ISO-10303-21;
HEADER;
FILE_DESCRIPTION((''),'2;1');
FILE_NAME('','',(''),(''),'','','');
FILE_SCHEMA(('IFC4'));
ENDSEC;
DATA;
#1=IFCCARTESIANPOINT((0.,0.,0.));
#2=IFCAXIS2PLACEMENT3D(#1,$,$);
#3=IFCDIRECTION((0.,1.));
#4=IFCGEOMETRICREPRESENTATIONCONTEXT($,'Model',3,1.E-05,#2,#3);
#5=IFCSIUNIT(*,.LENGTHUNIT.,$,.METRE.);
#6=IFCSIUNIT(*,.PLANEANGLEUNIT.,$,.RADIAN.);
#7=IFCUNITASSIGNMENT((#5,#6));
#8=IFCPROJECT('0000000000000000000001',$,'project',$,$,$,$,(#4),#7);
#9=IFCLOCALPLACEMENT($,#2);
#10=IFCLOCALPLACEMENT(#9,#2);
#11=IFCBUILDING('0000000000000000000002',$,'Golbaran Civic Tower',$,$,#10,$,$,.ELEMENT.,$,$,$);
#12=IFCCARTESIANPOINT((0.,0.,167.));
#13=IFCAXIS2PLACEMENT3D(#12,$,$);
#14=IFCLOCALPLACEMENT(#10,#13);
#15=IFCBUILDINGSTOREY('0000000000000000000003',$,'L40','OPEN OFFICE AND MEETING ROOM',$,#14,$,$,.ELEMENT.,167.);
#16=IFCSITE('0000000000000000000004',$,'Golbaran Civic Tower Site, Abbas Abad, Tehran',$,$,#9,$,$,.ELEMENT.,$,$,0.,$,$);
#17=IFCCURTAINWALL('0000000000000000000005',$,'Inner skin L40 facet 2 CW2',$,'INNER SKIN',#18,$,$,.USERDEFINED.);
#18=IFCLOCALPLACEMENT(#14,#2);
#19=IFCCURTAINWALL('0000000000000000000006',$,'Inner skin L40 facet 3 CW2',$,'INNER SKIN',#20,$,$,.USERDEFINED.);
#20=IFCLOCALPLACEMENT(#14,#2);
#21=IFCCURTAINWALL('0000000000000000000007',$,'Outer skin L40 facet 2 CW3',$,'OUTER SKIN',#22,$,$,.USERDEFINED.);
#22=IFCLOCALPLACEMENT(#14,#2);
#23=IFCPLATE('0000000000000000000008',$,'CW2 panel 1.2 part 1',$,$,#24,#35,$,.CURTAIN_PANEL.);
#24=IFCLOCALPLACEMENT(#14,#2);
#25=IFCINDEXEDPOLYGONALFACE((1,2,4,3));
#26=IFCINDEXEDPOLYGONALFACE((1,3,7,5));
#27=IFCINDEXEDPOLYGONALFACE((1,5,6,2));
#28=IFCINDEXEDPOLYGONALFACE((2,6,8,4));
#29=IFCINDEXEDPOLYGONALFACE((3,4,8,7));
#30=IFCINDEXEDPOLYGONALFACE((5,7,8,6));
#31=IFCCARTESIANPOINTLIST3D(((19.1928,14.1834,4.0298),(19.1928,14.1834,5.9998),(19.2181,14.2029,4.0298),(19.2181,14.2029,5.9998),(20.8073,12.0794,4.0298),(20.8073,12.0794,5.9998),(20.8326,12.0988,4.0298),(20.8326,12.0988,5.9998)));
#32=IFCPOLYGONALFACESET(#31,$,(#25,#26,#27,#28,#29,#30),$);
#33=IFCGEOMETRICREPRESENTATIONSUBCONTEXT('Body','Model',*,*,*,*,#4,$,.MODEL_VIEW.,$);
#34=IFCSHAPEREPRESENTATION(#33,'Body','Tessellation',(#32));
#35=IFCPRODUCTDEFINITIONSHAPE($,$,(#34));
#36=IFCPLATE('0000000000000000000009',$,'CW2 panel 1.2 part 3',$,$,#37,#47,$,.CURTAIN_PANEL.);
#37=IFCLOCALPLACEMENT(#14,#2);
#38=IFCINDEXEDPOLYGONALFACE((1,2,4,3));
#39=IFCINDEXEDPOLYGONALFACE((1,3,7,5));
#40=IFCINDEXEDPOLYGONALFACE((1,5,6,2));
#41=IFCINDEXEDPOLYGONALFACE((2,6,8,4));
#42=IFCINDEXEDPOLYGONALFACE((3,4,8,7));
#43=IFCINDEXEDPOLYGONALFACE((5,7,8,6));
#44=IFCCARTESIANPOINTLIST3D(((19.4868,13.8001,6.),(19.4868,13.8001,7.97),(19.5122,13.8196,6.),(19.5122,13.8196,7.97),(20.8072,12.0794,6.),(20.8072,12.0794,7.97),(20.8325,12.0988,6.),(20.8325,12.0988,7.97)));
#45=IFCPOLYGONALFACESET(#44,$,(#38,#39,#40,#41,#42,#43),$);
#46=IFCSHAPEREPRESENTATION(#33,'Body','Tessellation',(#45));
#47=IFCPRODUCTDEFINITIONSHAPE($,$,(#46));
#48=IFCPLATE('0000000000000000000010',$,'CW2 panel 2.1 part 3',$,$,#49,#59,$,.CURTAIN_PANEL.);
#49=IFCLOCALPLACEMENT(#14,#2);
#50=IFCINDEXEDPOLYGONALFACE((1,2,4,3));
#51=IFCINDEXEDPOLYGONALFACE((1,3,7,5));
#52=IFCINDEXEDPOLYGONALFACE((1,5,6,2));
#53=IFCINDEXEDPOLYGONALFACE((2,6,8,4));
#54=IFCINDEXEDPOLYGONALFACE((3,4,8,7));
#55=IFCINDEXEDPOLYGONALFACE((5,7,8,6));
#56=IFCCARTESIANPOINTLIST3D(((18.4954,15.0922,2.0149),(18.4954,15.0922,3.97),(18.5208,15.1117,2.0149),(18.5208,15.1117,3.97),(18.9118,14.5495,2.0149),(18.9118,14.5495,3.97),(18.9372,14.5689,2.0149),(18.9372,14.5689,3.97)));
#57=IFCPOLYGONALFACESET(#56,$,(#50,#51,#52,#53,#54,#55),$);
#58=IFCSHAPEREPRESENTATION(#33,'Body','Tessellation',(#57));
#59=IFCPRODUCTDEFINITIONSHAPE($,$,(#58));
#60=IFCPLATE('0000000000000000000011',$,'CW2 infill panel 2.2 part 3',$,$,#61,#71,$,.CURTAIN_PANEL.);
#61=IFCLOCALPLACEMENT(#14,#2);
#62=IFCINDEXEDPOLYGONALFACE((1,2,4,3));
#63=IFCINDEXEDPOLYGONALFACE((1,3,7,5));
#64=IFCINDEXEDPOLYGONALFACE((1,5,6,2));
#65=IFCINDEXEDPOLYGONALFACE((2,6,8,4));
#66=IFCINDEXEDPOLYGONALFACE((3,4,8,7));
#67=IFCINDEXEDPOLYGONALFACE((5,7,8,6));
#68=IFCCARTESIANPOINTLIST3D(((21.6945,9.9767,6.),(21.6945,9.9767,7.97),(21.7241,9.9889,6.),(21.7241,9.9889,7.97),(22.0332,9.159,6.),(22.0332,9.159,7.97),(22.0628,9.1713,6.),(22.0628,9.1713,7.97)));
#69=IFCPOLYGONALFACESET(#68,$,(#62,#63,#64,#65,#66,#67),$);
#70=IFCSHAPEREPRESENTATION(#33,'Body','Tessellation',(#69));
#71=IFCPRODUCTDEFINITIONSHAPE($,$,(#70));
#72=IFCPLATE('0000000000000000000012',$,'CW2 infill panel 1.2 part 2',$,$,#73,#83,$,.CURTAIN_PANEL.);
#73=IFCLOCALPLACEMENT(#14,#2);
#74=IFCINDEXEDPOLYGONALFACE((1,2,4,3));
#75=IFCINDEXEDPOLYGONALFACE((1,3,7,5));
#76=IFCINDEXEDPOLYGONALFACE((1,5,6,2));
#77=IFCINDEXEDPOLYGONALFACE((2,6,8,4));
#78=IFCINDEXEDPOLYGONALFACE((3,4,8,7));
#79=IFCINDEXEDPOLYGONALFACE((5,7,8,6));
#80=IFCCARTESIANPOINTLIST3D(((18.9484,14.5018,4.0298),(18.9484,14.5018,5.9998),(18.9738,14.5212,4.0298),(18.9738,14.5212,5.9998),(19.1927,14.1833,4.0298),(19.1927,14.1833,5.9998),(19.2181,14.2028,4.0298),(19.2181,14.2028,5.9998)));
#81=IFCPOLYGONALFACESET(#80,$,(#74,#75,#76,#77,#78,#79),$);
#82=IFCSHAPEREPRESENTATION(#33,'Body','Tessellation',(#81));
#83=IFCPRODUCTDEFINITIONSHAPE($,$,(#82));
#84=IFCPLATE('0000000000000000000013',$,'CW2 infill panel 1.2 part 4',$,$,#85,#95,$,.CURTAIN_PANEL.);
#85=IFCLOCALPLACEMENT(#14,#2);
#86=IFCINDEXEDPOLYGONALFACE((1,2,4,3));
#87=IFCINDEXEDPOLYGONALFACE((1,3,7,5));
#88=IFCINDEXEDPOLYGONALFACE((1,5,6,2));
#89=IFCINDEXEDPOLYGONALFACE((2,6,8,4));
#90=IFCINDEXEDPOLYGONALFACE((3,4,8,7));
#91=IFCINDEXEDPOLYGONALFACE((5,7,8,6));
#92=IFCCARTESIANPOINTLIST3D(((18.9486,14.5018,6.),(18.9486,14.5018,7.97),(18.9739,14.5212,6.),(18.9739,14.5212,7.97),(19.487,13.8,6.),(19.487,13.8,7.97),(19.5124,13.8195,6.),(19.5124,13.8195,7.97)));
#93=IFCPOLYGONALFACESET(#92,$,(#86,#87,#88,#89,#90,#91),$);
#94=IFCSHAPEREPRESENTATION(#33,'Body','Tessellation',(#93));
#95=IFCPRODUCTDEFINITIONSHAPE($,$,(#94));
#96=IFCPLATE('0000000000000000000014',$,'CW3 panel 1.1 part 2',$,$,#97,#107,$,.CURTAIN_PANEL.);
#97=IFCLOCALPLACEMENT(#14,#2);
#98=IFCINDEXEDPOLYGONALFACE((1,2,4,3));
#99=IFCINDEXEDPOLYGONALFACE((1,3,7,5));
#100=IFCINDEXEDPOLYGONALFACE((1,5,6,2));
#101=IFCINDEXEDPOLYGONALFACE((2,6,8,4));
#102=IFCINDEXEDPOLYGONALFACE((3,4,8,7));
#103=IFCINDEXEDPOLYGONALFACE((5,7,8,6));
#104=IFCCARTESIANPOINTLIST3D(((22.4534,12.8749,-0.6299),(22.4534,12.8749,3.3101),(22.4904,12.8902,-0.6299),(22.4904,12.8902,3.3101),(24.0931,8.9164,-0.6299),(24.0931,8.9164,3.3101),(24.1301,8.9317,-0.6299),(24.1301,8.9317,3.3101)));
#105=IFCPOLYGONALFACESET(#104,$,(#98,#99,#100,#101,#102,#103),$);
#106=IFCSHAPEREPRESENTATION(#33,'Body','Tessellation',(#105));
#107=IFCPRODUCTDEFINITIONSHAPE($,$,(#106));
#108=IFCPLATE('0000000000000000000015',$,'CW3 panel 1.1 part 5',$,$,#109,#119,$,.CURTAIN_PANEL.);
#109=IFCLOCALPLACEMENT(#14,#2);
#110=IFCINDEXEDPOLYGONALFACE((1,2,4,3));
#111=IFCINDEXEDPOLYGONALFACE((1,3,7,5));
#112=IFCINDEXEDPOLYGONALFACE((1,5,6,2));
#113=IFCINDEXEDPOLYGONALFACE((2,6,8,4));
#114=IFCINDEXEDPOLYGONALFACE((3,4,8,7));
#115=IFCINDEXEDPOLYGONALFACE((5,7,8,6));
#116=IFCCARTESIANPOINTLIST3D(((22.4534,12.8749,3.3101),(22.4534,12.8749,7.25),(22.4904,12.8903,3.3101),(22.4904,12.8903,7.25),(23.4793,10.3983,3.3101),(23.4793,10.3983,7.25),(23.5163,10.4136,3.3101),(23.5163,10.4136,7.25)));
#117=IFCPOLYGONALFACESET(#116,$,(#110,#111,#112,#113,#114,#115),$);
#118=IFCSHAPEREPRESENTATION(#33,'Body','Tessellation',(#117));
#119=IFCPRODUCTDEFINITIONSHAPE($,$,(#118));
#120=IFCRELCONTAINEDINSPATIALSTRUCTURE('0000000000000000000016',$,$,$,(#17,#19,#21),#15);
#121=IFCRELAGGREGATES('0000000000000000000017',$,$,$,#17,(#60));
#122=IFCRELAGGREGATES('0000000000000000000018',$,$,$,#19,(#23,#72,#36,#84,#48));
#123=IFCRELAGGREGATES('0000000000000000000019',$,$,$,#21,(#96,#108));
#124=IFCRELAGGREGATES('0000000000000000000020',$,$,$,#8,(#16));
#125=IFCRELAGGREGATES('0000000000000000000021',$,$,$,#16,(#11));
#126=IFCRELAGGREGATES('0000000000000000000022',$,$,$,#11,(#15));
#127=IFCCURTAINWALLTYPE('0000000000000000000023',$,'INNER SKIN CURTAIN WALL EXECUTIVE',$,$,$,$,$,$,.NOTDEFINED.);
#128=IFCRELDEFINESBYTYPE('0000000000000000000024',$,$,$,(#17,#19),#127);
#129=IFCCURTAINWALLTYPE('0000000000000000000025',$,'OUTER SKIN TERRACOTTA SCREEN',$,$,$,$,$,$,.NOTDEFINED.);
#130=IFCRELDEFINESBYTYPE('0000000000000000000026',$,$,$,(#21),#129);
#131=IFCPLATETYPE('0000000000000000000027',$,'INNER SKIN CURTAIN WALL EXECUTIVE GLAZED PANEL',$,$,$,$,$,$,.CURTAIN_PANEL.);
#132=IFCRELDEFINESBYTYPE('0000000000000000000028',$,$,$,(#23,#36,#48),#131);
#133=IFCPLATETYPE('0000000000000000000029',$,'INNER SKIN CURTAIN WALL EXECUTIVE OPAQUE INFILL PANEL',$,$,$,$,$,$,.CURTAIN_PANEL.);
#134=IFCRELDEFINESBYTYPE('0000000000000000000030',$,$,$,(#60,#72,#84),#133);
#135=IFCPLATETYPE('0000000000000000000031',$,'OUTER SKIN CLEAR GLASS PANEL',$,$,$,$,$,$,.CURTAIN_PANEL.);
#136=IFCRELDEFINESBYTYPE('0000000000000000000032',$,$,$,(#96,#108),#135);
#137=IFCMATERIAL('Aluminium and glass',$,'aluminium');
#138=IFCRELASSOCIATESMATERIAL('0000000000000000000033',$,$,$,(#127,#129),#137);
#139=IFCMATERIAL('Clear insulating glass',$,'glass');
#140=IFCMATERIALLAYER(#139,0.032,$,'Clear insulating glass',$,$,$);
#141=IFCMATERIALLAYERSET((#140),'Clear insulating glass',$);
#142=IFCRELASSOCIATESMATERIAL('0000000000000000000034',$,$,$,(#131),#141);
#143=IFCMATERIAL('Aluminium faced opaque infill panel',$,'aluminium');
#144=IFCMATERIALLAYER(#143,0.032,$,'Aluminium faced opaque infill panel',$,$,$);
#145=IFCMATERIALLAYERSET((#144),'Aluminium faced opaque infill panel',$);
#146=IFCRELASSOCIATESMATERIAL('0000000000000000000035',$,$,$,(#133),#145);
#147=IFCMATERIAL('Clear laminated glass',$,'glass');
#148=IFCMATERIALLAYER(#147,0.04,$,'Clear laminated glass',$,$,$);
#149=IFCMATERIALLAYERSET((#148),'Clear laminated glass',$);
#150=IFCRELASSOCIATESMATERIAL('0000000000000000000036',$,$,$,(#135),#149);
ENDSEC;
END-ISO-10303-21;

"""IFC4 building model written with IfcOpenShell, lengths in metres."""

from ifc_helpers import new_model, si_unit, direction, frame, origin, origin_2d, place, context, subcontext, project, spatial, rectangle, extrude, material, layer, layer_set, type_object, element, aggregate, save


model = new_model("IFC4")

# Units and contexts
model_context = context("Model", 3, precision=1e-05, world=origin(), true_north=direction((0.0, 1.0)))
body_context = subcontext(model_context, "Body", "Model", "MODEL_VIEW")
ifc_project = project(units=[si_unit("LENGTHUNIT", "METRE"), si_unit("PLANEANGLEUNIT", "RADIAN")], contexts=[model_context])

# Site, building, storey
site_placement = place(None, origin())
site = spatial("IfcSite", under=ifc_project, at=site_placement, Name="Golbaran Civic Tower Site, Abbas Abad, Tehran", CompositionType="ELEMENT", RefElevation=0.0)
building_placement = place(site_placement, origin())
building = spatial("IfcBuilding", under=site, at=building_placement, Name="Golbaran Civic Tower", CompositionType="ELEMENT")
storey_placement = place(building_placement, frame((0.0, 0.0, 167.0)))
storey = spatial("IfcBuildingStorey", under=building, at=storey_placement, Name="L40", Description="OPEN OFFICE AND MEETING ROOM", CompositionType="ELEMENT", Elevation=167.0)

# Curtain wall
ifc_material_1 = material(Name="Aluminium and glass", Category="aluminium")
curtain_wall_type_1 = type_object("IfcCurtainWallType", Name="INNER SKIN CURTAIN WALL EXECUTIVE", PredefinedType="NOTDEFINED", material=ifc_material_1)
curtain_wall_1_placement = place(storey_placement, origin())
curtain_wall_1 = element("IfcCurtainWall", 1, at=curtain_wall_1_placement, inside=storey, type_object=curtain_wall_type_1, Name="Inner skin L40 facet 2 CW2", ObjectType="INNER SKIN", PredefinedType="USERDEFINED")

# Curtain wall
curtain_wall_2_placement = place(storey_placement, origin())
curtain_wall_2 = element("IfcCurtainWall", 2, at=curtain_wall_2_placement, inside=storey, type_object=curtain_wall_type_1, Name="Inner skin L40 facet 3 CW2", ObjectType="INNER SKIN", PredefinedType="USERDEFINED")

# Curtain wall
curtain_wall_type_2 = type_object("IfcCurtainWallType", Name="OUTER SKIN TERRACOTTA SCREEN", PredefinedType="NOTDEFINED", material=ifc_material_1)
curtain_wall_3_placement = place(storey_placement, origin())
curtain_wall_3 = element("IfcCurtainWall", 3, at=curtain_wall_3_placement, inside=storey, type_object=curtain_wall_type_2, Name="Outer skin L40 facet 2 CW3", ObjectType="OUTER SKIN", PredefinedType="USERDEFINED")

# Plates
ifc_material_2 = material(Name="Clear insulating glass", Category="glass")
ifc_layer_1 = layer(ifc_material_2, 0.032, Name="Clear insulating glass")
ifc_layer_set_1 = layer_set([ifc_layer_1], Name="Clear insulating glass")
plate_type_1 = type_object("IfcPlateType", Name="INNER SKIN CURTAIN WALL EXECUTIVE GLAZED PANEL", PredefinedType="CURTAIN_PANEL", material=ifc_layer_set_1)
plate_1_placement = place(storey_placement, frame((20.0127, 13.1411, 4.0298), z_axis=(0.0, 0.0, 1.0), x_axis=(-0.608761, 0.793353, 0.0)))
plate_1 = element("IfcPlate", 4, at=plate_1_placement, type_object=plate_type_1, Name="CW2 panel 1.2 part 1", PredefinedType="CURTAIN_PANEL", context=body_context, shape_type="SweptSolid", body=[
    extrude(rectangle(XDim=2.6521, YDim=0.032, at=origin_2d()), origin(), (0.0, 0.0, 1.0), 1.97),
])
plate_2_placement = place(storey_placement, frame((20.1597, 12.9495, 6.0), z_axis=(0.0, 0.0, 1.0), x_axis=(-0.608761, 0.793353, 0.0)))
plate_2 = element("IfcPlate", 5, at=plate_2_placement, type_object=plate_type_1, Name="CW2 panel 1.2 part 3", PredefinedType="CURTAIN_PANEL", context=body_context, shape_type="SweptSolid", body=[
    extrude(rectangle(XDim=2.1689, YDim=0.032, at=origin_2d()), origin(), (0.0, 0.0, 1.0), 1.97),
])
plate_3_placement = place(storey_placement, frame((18.7163, 14.8306, 2.0149), z_axis=(0.0, 0.0, 1.0), x_axis=(-0.608761, 0.793353, 0.0)))
plate_3 = element("IfcPlate", 6, at=plate_3_placement, type_object=plate_type_1, Name="CW2 panel 2.1 part 3", PredefinedType="CURTAIN_PANEL", context=body_context, shape_type="SweptSolid", body=[
    extrude(rectangle(XDim=0.6841, YDim=0.032, at=origin_2d()), origin(), (0.0, 0.0, 1.0), 1.9551),
])
ifc_material_3 = material(Name="Aluminium faced opaque infill panel", Category="aluminium")
ifc_layer_2 = layer(ifc_material_3, 0.032, Name="Aluminium faced opaque infill panel")
ifc_layer_set_2 = layer_set([ifc_layer_2], Name="Aluminium faced opaque infill panel")
plate_type_2 = type_object("IfcPlateType", Name="INNER SKIN CURTAIN WALL EXECUTIVE OPAQUE INFILL PANEL", PredefinedType="CURTAIN_PANEL", material=ifc_layer_set_2)
plate_4_placement = place(storey_placement, frame((21.8787, 9.574, 6.0), z_axis=(0.0, 0.0, 1.0), x_axis=(-0.382683, 0.92388, 0.0)))
plate_4 = element("IfcPlate", 7, at=plate_4_placement, type_object=plate_type_2, Name="CW2 infill panel 2.2 part 3", PredefinedType="CURTAIN_PANEL", context=body_context, shape_type="SweptSolid", body=[
    extrude(rectangle(XDim=0.885, YDim=0.032, at=origin_2d()), origin(), (0.0, 0.0, 1.0), 1.97),
])
aggregate(curtain_wall_1, [plate_4])
plate_5_placement = place(storey_placement, frame((19.0833, 14.3523, 4.0298), z_axis=(0.0, 0.0, 1.0), x_axis=(-0.608761, 0.793353, 0.0)))
plate_5 = element("IfcPlate", 8, at=plate_5_placement, type_object=plate_type_2, Name="CW2 infill panel 1.2 part 2", PredefinedType="CURTAIN_PANEL", context=body_context, shape_type="SweptSolid", body=[
    extrude(rectangle(XDim=0.4014, YDim=0.032, at=origin_2d()), origin(), (0.0, 0.0, 1.0), 1.97),
])
plate_6_placement = place(storey_placement, frame((19.2305, 14.1606, 6.0), z_axis=(0.0, 0.0, 1.0), x_axis=(-0.608761, 0.793353, 0.0)))
plate_6 = element("IfcPlate", 9, at=plate_6_placement, type_object=plate_type_2, Name="CW2 infill panel 1.2 part 4", PredefinedType="CURTAIN_PANEL", context=body_context, shape_type="SweptSolid", body=[
    extrude(rectangle(XDim=0.8845, YDim=0.032, at=origin_2d()), origin(), (0.0, 0.0, 1.0), 1.97),
])
aggregate(curtain_wall_2, [plate_1, plate_5, plate_2, plate_6, plate_3])
ifc_material_4 = material(Name="Clear laminated glass", Category="glass")
ifc_layer_3 = layer(ifc_material_4, 0.04, Name="Clear laminated glass")
ifc_layer_set_3 = layer_set([ifc_layer_3], Name="Clear laminated glass")
plate_type_3 = type_object("IfcPlateType", Name="OUTER SKIN CLEAR GLASS PANEL", PredefinedType="CURTAIN_PANEL", material=ifc_layer_set_3)
plate_7_placement = place(storey_placement, frame((23.2917, 10.9033, -0.6299), z_axis=(0.0, 0.0, 1.0), x_axis=(-0.382683, 0.92388, 0.0)))
plate_7 = element("IfcPlate", 10, at=plate_7_placement, type_object=plate_type_3, Name="CW3 panel 1.1 part 2", PredefinedType="CURTAIN_PANEL", context=body_context, shape_type="SweptSolid", body=[
    extrude(rectangle(XDim=4.2847, YDim=0.04, at=origin_2d()), origin(), (0.0, 0.0, 1.0), 3.9399),
])
plate_8_placement = place(storey_placement, frame((22.9849, 11.6443, 3.3101), z_axis=(0.0, 0.0, 1.0), x_axis=(-0.382683, 0.92388, 0.0)))
plate_8 = element("IfcPlate", 11, at=plate_8_placement, type_object=plate_type_3, Name="CW3 panel 1.1 part 5", PredefinedType="CURTAIN_PANEL", context=body_context, shape_type="SweptSolid", body=[
    extrude(rectangle(XDim=2.6807, YDim=0.04, at=origin_2d()), origin(), (0.0, 0.0, 1.0), 3.9399),
])
aggregate(curtain_wall_3, [plate_7, plate_8])

save(model, "model.ifc")
